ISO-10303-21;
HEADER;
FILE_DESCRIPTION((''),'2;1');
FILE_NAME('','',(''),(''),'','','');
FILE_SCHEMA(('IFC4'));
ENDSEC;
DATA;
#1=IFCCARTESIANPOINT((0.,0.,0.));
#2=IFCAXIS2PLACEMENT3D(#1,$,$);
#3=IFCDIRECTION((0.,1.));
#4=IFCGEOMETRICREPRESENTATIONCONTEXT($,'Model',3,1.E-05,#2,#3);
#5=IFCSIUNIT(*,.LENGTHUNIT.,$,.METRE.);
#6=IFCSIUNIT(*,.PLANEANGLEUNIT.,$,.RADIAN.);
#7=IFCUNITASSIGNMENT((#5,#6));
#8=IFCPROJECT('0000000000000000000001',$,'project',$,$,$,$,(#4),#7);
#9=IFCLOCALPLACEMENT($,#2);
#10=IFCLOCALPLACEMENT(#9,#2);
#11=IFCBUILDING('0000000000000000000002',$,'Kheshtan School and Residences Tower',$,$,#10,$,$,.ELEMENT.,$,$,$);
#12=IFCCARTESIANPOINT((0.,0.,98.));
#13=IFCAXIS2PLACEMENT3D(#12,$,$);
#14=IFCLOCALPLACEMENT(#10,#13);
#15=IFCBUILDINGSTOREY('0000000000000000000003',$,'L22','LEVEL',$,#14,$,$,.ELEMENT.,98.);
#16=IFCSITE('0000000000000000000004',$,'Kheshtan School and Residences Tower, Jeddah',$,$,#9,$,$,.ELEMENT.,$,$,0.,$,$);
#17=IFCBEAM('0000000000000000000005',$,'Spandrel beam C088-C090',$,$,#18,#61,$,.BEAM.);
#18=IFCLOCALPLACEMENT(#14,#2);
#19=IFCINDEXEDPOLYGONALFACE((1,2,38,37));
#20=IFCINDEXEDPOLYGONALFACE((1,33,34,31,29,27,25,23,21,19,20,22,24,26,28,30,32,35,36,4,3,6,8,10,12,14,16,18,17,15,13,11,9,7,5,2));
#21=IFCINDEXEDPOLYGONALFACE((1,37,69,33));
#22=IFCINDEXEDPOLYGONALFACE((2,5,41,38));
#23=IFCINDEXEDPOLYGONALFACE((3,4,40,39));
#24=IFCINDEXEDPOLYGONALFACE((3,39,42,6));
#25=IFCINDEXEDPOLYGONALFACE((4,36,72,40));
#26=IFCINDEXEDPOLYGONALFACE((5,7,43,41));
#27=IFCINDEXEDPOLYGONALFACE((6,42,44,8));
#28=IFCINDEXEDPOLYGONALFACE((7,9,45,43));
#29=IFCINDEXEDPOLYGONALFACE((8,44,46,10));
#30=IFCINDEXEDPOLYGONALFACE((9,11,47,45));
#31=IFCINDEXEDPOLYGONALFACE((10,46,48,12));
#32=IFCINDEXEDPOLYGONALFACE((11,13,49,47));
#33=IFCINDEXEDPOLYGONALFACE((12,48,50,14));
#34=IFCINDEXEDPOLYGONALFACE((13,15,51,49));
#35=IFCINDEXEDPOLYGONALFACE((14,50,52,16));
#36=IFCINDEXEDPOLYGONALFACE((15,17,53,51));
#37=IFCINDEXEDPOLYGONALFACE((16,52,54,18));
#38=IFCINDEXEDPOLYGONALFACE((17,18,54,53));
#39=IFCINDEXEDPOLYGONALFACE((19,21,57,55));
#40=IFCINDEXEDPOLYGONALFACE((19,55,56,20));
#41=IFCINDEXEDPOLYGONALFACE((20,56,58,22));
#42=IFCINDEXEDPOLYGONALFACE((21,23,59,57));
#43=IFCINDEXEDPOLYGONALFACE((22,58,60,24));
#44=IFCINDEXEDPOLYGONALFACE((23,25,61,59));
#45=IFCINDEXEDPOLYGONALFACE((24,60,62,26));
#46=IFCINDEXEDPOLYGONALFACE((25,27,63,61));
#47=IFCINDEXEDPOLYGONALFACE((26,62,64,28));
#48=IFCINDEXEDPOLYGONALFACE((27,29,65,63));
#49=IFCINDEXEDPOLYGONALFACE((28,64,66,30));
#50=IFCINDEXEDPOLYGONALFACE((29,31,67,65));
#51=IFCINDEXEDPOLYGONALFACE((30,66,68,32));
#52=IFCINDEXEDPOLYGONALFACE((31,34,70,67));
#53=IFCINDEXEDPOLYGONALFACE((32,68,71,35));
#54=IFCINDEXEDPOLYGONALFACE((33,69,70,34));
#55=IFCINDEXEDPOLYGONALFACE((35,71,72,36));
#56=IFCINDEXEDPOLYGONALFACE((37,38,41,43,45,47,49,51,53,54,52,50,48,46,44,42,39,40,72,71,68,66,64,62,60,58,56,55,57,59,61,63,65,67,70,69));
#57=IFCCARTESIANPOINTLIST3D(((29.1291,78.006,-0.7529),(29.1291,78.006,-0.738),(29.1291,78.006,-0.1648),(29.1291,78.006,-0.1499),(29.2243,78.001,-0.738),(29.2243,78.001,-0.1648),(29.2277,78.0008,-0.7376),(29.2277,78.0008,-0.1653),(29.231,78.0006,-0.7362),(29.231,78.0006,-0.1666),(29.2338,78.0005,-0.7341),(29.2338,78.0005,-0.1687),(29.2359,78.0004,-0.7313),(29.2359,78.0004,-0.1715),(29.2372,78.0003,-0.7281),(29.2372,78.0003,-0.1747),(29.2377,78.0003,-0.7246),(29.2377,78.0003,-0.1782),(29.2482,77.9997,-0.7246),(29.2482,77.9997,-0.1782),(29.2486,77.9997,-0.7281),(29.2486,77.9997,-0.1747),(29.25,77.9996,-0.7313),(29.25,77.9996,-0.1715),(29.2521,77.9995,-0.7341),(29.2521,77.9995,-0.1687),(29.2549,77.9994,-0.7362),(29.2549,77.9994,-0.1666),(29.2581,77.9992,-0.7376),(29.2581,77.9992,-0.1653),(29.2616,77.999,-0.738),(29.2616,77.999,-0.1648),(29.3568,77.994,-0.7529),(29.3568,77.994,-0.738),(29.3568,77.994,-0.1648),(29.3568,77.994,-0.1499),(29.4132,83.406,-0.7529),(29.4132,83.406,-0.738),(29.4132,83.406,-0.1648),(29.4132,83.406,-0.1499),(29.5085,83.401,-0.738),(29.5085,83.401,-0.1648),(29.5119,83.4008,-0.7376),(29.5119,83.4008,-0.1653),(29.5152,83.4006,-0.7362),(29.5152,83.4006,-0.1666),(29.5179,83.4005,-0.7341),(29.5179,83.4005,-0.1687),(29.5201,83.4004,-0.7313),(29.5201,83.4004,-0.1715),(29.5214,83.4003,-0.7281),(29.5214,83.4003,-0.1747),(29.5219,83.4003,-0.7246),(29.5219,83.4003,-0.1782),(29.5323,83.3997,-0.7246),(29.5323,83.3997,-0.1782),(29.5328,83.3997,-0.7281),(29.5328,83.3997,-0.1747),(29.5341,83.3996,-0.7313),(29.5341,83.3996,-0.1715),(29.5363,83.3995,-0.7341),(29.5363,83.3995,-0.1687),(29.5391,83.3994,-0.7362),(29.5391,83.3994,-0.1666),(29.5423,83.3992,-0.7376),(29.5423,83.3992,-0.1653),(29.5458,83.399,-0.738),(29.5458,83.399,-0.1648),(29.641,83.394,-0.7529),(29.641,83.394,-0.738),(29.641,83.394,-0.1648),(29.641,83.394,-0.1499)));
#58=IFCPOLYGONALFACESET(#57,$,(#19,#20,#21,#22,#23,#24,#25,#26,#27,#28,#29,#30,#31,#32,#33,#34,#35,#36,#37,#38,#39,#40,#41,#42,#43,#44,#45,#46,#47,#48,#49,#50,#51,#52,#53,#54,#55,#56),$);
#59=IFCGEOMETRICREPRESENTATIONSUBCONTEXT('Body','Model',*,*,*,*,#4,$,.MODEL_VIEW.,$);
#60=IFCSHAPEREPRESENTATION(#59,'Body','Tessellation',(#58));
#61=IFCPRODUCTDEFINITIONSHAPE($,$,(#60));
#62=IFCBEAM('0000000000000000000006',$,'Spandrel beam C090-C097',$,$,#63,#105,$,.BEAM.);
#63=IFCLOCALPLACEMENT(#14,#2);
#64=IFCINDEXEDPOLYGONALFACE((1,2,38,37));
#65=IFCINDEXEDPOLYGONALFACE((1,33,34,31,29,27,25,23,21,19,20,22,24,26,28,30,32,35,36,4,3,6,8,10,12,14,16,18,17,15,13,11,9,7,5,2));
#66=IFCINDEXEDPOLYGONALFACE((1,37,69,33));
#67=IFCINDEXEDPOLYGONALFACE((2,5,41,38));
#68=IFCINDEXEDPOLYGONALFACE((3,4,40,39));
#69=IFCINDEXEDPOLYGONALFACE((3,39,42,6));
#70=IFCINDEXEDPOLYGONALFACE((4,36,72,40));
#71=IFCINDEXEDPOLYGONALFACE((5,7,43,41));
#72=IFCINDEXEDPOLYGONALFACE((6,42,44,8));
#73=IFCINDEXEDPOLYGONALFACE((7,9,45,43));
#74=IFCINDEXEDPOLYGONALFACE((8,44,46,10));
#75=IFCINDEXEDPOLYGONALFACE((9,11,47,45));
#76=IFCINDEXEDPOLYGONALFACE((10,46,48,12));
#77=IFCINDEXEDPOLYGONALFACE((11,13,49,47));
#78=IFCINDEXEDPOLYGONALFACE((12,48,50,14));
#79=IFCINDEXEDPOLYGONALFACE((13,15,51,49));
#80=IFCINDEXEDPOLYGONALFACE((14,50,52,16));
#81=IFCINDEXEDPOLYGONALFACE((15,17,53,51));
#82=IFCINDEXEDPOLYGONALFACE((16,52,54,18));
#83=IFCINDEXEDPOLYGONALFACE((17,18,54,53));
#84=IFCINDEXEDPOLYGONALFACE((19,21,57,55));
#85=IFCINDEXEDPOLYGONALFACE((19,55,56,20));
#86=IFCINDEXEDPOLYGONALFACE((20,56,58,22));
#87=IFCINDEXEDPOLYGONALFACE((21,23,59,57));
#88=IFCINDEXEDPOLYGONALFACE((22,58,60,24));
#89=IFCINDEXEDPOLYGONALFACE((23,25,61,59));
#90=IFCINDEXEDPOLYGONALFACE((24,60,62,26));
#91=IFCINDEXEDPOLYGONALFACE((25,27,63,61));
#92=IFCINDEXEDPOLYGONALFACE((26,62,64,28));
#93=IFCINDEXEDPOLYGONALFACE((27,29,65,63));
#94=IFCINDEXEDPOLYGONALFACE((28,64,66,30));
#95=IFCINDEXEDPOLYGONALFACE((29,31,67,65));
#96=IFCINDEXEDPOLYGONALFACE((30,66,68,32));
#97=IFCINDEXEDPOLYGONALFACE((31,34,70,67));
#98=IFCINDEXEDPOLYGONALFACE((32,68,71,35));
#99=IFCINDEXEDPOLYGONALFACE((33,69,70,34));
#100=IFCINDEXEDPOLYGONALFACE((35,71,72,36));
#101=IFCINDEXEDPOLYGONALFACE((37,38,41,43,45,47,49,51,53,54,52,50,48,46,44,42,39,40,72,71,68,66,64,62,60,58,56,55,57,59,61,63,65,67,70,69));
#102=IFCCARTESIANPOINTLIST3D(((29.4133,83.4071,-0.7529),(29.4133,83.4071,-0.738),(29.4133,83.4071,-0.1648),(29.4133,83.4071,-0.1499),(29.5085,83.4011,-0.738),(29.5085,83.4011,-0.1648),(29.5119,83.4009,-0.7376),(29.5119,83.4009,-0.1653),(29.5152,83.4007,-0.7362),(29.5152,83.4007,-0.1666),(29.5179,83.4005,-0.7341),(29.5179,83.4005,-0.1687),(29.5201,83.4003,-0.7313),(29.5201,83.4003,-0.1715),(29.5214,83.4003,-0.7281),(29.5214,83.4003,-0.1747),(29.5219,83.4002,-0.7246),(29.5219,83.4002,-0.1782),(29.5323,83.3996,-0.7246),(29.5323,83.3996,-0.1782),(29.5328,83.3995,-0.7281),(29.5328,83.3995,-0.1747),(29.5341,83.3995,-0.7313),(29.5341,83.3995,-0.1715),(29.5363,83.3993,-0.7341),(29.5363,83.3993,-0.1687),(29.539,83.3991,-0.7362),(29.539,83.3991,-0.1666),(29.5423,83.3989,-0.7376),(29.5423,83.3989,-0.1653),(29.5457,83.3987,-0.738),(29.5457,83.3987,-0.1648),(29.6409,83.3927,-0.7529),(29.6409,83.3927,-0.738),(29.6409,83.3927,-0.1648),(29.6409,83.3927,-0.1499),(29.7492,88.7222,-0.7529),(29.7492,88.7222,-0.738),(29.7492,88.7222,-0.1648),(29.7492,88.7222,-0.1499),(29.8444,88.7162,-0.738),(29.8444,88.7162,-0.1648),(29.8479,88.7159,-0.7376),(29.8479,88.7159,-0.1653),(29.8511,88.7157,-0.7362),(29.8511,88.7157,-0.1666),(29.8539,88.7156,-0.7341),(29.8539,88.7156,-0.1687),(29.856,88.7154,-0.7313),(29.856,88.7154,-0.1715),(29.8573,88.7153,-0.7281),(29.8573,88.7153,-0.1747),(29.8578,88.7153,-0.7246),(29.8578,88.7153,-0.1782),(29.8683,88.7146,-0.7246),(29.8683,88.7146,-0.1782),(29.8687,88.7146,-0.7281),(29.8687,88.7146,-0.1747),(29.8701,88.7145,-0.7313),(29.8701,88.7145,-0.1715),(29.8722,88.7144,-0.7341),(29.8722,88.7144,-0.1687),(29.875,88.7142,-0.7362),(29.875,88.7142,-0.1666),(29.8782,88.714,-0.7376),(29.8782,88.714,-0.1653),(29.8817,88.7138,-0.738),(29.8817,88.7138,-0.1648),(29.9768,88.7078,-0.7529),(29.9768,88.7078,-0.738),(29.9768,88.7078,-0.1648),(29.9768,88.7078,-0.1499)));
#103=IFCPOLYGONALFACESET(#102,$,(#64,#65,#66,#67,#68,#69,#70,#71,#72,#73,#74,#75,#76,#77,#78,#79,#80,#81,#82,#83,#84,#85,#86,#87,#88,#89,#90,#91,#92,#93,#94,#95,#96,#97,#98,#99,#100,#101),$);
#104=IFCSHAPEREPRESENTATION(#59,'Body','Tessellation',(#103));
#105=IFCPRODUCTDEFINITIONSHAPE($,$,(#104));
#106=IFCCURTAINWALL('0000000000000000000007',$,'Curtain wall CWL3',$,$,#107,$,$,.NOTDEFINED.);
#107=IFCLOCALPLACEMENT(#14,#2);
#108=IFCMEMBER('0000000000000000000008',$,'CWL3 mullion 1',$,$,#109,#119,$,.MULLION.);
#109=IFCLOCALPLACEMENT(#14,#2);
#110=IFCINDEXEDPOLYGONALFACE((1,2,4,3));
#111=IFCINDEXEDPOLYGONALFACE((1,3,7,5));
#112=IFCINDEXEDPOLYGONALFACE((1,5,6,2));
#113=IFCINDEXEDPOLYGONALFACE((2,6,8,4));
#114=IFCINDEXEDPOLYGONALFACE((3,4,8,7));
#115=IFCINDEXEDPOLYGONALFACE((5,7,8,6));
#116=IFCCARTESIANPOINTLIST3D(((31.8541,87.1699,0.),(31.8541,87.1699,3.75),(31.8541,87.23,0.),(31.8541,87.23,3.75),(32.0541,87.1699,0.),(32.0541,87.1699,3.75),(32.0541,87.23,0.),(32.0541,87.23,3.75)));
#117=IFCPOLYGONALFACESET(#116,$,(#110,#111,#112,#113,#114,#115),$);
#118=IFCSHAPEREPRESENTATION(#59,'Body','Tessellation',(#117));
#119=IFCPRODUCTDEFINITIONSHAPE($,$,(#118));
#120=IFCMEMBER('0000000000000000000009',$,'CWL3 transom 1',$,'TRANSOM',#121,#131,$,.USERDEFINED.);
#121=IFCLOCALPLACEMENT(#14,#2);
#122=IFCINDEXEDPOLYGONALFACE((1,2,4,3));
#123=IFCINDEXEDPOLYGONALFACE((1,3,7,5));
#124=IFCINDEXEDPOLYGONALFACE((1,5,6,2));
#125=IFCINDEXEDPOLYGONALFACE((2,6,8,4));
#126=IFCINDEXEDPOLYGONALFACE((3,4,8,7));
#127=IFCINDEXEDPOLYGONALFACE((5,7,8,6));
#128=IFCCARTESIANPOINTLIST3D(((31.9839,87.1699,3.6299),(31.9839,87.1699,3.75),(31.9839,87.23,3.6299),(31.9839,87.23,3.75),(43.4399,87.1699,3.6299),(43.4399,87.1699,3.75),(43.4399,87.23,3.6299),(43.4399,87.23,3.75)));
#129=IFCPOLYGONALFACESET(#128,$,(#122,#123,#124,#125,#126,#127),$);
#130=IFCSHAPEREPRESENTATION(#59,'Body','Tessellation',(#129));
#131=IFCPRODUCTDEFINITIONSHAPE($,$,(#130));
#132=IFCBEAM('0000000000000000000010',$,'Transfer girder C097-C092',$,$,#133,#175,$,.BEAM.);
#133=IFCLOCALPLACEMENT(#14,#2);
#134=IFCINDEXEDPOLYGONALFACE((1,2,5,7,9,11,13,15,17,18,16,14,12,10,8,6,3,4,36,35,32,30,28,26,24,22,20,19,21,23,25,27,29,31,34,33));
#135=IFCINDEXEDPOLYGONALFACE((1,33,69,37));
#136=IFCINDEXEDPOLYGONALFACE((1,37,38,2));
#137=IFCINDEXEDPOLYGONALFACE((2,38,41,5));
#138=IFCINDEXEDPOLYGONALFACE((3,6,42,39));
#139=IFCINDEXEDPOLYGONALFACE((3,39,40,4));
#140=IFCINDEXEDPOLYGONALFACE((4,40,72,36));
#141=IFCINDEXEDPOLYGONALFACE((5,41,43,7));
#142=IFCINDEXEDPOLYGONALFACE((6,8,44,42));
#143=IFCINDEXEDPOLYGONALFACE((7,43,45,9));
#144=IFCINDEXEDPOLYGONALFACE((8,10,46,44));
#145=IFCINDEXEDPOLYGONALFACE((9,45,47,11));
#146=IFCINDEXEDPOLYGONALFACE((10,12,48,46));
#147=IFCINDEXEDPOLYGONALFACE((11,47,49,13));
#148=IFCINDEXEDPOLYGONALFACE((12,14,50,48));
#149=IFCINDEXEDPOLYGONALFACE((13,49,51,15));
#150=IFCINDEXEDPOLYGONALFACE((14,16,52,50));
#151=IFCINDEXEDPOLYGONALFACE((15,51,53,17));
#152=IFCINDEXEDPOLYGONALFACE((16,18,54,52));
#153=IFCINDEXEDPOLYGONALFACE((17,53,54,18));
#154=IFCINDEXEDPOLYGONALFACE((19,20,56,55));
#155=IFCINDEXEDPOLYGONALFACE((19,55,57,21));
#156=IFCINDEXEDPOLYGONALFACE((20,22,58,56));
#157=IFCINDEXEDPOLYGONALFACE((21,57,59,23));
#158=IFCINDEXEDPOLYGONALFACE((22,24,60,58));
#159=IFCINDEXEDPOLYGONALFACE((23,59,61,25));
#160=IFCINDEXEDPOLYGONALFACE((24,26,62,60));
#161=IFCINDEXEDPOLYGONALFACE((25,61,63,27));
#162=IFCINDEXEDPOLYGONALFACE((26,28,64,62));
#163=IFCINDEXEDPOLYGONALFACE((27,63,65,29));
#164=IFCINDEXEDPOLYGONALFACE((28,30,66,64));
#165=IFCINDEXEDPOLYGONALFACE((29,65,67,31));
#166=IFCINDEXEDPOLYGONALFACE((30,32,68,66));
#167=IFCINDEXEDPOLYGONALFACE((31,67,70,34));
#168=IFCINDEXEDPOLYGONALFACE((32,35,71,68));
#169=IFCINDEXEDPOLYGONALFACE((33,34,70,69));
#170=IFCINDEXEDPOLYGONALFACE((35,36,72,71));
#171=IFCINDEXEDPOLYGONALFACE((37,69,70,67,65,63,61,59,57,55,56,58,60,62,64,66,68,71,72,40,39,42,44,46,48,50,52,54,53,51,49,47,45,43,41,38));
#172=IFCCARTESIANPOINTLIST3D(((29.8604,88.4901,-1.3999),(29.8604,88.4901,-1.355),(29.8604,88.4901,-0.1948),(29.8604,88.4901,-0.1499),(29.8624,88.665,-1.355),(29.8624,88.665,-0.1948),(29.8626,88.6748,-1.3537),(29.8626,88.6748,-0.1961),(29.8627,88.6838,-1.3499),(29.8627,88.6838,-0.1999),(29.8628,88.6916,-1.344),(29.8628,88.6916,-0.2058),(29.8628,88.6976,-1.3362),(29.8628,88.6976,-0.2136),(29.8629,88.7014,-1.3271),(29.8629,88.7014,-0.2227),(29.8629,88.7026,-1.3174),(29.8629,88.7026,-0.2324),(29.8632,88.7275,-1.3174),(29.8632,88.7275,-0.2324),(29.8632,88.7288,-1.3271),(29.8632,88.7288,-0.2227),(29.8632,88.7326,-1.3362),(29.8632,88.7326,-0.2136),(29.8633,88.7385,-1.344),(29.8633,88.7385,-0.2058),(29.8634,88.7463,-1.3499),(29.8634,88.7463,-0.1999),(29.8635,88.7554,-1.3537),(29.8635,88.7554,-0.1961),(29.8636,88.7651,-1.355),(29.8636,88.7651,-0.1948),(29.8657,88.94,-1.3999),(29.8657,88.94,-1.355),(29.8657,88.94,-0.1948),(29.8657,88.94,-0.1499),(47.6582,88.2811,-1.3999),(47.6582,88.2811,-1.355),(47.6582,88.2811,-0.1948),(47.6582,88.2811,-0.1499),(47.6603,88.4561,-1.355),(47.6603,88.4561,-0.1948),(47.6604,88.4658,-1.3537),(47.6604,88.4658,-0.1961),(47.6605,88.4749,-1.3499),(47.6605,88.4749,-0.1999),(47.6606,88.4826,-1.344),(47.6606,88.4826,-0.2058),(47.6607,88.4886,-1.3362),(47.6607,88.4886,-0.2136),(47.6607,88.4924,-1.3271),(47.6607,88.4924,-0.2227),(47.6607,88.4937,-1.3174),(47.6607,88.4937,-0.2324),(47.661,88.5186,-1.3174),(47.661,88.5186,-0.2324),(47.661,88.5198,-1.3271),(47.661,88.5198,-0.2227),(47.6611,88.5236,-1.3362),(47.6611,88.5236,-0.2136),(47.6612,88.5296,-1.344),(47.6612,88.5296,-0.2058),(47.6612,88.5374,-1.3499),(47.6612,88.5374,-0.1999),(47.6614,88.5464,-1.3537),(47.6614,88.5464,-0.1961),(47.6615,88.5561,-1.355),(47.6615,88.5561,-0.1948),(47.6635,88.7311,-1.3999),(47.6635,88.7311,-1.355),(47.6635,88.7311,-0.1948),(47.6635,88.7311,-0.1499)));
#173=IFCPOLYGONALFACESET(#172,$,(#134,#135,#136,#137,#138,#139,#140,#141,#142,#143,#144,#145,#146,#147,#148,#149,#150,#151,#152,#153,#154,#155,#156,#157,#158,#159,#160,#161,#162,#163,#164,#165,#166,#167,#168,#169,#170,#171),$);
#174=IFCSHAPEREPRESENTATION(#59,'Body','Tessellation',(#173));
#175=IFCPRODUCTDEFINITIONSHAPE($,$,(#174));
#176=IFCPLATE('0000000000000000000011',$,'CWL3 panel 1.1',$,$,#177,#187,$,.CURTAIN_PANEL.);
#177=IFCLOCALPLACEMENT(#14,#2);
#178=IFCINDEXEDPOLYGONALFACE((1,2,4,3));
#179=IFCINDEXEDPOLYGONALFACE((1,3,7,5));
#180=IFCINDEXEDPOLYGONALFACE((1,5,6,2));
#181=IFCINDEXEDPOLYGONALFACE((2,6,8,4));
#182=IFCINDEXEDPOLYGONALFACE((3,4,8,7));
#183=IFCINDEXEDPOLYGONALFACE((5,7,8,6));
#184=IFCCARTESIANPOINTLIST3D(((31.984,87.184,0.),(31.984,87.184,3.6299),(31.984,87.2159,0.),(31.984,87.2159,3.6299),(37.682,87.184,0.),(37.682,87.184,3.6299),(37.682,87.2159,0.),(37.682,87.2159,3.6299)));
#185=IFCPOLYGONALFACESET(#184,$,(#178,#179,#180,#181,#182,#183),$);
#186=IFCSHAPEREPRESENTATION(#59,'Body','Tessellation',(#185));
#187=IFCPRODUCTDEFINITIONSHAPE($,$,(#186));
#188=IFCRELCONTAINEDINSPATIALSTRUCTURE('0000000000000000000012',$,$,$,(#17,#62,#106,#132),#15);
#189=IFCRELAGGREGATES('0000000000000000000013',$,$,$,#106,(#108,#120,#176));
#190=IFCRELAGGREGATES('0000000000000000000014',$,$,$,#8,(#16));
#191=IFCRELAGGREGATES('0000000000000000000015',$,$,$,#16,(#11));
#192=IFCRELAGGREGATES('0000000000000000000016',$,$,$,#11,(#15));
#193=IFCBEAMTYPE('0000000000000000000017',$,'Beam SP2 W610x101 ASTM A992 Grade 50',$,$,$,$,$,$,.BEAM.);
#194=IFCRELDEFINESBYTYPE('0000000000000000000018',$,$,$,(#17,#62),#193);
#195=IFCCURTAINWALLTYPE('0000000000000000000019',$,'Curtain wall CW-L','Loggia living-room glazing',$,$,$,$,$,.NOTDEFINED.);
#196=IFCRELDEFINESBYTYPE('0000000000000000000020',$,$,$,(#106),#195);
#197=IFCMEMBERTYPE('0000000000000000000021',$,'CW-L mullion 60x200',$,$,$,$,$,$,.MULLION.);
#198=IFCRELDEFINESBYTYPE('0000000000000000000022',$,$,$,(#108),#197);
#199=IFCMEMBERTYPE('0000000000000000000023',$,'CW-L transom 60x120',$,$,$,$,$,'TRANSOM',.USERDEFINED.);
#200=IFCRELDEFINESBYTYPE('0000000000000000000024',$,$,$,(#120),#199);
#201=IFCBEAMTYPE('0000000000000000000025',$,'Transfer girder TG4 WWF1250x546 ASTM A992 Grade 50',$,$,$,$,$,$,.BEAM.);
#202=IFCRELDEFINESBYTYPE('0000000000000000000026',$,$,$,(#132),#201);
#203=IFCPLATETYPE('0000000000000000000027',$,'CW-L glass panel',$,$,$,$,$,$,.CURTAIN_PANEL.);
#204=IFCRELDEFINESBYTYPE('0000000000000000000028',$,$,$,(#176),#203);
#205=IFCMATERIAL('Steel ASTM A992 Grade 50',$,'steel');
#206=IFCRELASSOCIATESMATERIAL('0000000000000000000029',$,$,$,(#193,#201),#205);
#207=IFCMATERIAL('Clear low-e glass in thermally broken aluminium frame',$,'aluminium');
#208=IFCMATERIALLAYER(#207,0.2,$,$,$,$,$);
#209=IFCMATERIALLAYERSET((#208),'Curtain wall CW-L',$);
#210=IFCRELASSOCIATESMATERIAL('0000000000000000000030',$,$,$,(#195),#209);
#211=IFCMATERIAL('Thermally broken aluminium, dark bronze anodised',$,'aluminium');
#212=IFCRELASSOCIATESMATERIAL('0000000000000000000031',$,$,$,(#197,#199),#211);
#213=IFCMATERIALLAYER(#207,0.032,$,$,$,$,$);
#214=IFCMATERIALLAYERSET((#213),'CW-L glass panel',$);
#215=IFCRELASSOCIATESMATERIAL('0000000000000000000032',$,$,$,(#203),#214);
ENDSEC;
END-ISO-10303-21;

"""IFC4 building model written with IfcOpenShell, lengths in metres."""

from ifc_helpers import new_model, si_unit, direction, frame, origin, origin_2d, place, context, subcontext, project, spatial, rectangle, i_section, extrude, material, layer, layer_set, material_profile, profile_set, type_object, element, aggregate, save


model = new_model("IFC4")

# Units and contexts
model_context = context("Model", 3, precision=1e-05, world=origin(), true_north=direction((0.0, 1.0)))
body_context = subcontext(model_context, "Body", "Model", "MODEL_VIEW")
ifc_project = project(units=[si_unit("LENGTHUNIT", "METRE"), si_unit("PLANEANGLEUNIT", "RADIAN")], contexts=[model_context])

# Site, building, storey
site_placement = place(None, origin())
site = spatial("IfcSite", under=ifc_project, at=site_placement, Name="Kheshtan School and Residences Tower, Jeddah", CompositionType="ELEMENT", RefElevation=0.0)
building_placement = place(site_placement, origin())
building = spatial("IfcBuilding", under=site, at=building_placement, Name="Kheshtan School and Residences Tower", CompositionType="ELEMENT")
storey_placement = place(building_placement, frame((0.0, 0.0, 98.0)))
storey = spatial("IfcBuildingStorey", under=building, at=storey_placement, Name="L22", Description="LEVEL", CompositionType="ELEMENT", Elevation=98.0)

# Shared definitions
ifc_material_1 = material(Name="Steel ASTM A992 Grade 50", Category="steel")

# Beams
ifc_material_profile_1 = material_profile(ifc_material_1, i_section(OverallWidth=0.228, OverallDepth=0.603, WebThickness=0.0105, FlangeThickness=0.0149, FilletRadius=0.0134, at=origin_2d()), Name="W610x101")
ifc_profile_set_1 = profile_set([ifc_material_profile_1], Name="Steel ASTM A992 Grade 50")
beam_type_1 = type_object("IfcBeamType", Name="Beam SP2 W610x101 ASTM A992 Grade 50", PredefinedType="BEAM", material=ifc_profile_set_1)
beam_1_placement = place(storey_placement, frame((29.2429, 78.0, -0.4514), z_axis=(0.052554, 0.998618, 0.0), x_axis=(-0.998618, 0.052554, 0.0)))
element("IfcBeam", 1, at=beam_1_placement, inside=storey, type_object=beam_type_1, Name="Spandrel beam C088-C090", PredefinedType="BEAM", context=body_context, shape_type="SweptSolid", body=[
    extrude(i_section(OverallWidth=0.228, OverallDepth=0.603, WebThickness=0.0105, FlangeThickness=0.0149, FilletRadius=0.0134, at=origin_2d()), origin(), (0.0, 0.0, 1.0), 5.4075),
])
beam_2_placement = place(storey_placement, frame((29.5271, 83.3999, -0.4514), z_axis=(0.063077, 0.998009, 0.0), x_axis=(-0.998009, 0.063077, 0.0)))
element("IfcBeam", 2, at=beam_2_placement, inside=storey, type_object=beam_type_1, Name="Spandrel beam C090-C097", PredefinedType="BEAM", context=body_context, shape_type="SweptSolid", body=[
    extrude(i_section(OverallWidth=0.228, OverallDepth=0.603, WebThickness=0.0105, FlangeThickness=0.0149, FilletRadius=0.0134, at=origin_2d()), origin(), (0.0, 0.0, 1.0), 5.3257),
])

# Curtain wall, members
ifc_material_2 = material(Name="Clear low-e glass in thermally broken aluminium frame", Category="aluminium")
ifc_layer_1 = layer(ifc_material_2, 0.2)
ifc_layer_set_1 = layer_set([ifc_layer_1], Name="Curtain wall CW-L")
curtain_wall_type = type_object("IfcCurtainWallType", Name="Curtain wall CW-L", Description="Loggia living-room glazing", PredefinedType="NOTDEFINED", material=ifc_layer_set_1)
curtain_wall_placement = place(storey_placement, origin())
curtain_wall = element("IfcCurtainWall", 3, at=curtain_wall_placement, inside=storey, type_object=curtain_wall_type, Name="Curtain wall CWL3", PredefinedType="NOTDEFINED")
ifc_material_3 = material(Name="Thermally broken aluminium, dark bronze anodised", Category="aluminium")
ifc_material_profile_2 = material_profile(ifc_material_3, rectangle(XDim=0.0601, YDim=0.2, at=origin_2d()), Name="CW-L mullion 60x200")
ifc_profile_set_2 = profile_set([ifc_material_profile_2], Name="Thermally broken aluminium, dark bronze anodised")
member_type_1 = type_object("IfcMemberType", Name="CW-L mullion 60x200", PredefinedType="MULLION", material=ifc_profile_set_2)
member_1_placement = place(storey_placement, frame((31.9541, 87.2, 0.0), z_axis=(0.0, 0.0, 1.0), x_axis=(0.0, 1.0, 0.0)))
member_1 = element("IfcMember", 4, at=member_1_placement, type_object=member_type_1, Name="CWL3 mullion 1", PredefinedType="MULLION", context=body_context, shape_type="SweptSolid", body=[
    extrude(rectangle(XDim=0.0601, YDim=0.2, at=origin_2d()), origin(), (0.0, 0.0, 1.0), 3.75),
])
ifc_material_profile_3 = material_profile(ifc_material_3, rectangle(XDim=0.0601, YDim=0.1201, at=origin_2d()), Name="CW-L transom 60x120")
ifc_profile_set_3 = profile_set([ifc_material_profile_3], Name="Thermally broken aluminium, dark bronze anodised")
member_type_2 = type_object("IfcMemberType", Name="CW-L transom 60x120", ElementType="TRANSOM", PredefinedType="USERDEFINED", material=ifc_profile_set_3)
member_2_placement = place(storey_placement, frame((31.9839, 87.2, 3.6899), z_axis=(1.0, 0.0, 0.0), x_axis=(0.0, 1.0, 0.0)))
member_2 = element("IfcMember", 5, at=member_2_placement, type_object=member_type_2, Name="CWL3 transom 1", ObjectType="TRANSOM", PredefinedType="USERDEFINED", context=body_context, shape_type="SweptSolid", body=[
    extrude(rectangle(XDim=0.0601, YDim=0.1201, at=origin_2d()), origin(), (0.0, 0.0, 1.0), 11.4561),
])

# Beam
ifc_material_profile_4 = material_profile(ifc_material_1, i_section(OverallWidth=0.45, OverallDepth=1.25, WebThickness=0.0249, FlangeThickness=0.0449, FilletRadius=0.0376, at=origin_2d()), Name="WWF1250x546")
ifc_profile_set_4 = profile_set([ifc_material_profile_4], Name="Steel ASTM A992 Grade 50")
beam_type_2 = type_object("IfcBeamType", Name="Transfer girder TG4 WWF1250x546 ASTM A992 Grade 50", PredefinedType="BEAM", material=ifc_profile_set_4)
beam_3_placement = place(storey_placement, frame((29.863, 88.7151, -0.7749), z_axis=(0.999931, -0.011741, 0.0), x_axis=(0.011741, 0.999931, 0.0)))
element("IfcBeam", 6, at=beam_3_placement, inside=storey, type_object=beam_type_2, Name="Transfer girder C097-C092", PredefinedType="BEAM", context=body_context, shape_type="SweptSolid", body=[
    extrude(i_section(OverallWidth=0.45, OverallDepth=1.25, WebThickness=0.0249, FlangeThickness=0.0449, FilletRadius=0.0376, at=origin_2d()), origin(), (0.0, 0.0, 1.0), 17.7991),
])

# Plate
ifc_layer_2 = layer(ifc_material_2, 0.032)
ifc_layer_set_2 = layer_set([ifc_layer_2], Name="CW-L glass panel")
plate_type = type_object("IfcPlateType", Name="CW-L glass panel", PredefinedType="CURTAIN_PANEL", material=ifc_layer_set_2)
plate_placement = place(storey_placement, frame((34.833, 87.2, 0.0), z_axis=(0.0, 0.0, 1.0), x_axis=(1.0, 0.0, 0.0)))
plate = element("IfcPlate", 7, at=plate_placement, type_object=plate_type, Name="CWL3 panel 1.1", PredefinedType="CURTAIN_PANEL", context=body_context, shape_type="SweptSolid", body=[
    extrude(rectangle(XDim=5.698, YDim=0.032, at=origin_2d()), origin(), (0.0, 0.0, 1.0), 3.6299),
])
aggregate(curtain_wall, [member_1, member_2, plate])

save(model, "model.ifc")
